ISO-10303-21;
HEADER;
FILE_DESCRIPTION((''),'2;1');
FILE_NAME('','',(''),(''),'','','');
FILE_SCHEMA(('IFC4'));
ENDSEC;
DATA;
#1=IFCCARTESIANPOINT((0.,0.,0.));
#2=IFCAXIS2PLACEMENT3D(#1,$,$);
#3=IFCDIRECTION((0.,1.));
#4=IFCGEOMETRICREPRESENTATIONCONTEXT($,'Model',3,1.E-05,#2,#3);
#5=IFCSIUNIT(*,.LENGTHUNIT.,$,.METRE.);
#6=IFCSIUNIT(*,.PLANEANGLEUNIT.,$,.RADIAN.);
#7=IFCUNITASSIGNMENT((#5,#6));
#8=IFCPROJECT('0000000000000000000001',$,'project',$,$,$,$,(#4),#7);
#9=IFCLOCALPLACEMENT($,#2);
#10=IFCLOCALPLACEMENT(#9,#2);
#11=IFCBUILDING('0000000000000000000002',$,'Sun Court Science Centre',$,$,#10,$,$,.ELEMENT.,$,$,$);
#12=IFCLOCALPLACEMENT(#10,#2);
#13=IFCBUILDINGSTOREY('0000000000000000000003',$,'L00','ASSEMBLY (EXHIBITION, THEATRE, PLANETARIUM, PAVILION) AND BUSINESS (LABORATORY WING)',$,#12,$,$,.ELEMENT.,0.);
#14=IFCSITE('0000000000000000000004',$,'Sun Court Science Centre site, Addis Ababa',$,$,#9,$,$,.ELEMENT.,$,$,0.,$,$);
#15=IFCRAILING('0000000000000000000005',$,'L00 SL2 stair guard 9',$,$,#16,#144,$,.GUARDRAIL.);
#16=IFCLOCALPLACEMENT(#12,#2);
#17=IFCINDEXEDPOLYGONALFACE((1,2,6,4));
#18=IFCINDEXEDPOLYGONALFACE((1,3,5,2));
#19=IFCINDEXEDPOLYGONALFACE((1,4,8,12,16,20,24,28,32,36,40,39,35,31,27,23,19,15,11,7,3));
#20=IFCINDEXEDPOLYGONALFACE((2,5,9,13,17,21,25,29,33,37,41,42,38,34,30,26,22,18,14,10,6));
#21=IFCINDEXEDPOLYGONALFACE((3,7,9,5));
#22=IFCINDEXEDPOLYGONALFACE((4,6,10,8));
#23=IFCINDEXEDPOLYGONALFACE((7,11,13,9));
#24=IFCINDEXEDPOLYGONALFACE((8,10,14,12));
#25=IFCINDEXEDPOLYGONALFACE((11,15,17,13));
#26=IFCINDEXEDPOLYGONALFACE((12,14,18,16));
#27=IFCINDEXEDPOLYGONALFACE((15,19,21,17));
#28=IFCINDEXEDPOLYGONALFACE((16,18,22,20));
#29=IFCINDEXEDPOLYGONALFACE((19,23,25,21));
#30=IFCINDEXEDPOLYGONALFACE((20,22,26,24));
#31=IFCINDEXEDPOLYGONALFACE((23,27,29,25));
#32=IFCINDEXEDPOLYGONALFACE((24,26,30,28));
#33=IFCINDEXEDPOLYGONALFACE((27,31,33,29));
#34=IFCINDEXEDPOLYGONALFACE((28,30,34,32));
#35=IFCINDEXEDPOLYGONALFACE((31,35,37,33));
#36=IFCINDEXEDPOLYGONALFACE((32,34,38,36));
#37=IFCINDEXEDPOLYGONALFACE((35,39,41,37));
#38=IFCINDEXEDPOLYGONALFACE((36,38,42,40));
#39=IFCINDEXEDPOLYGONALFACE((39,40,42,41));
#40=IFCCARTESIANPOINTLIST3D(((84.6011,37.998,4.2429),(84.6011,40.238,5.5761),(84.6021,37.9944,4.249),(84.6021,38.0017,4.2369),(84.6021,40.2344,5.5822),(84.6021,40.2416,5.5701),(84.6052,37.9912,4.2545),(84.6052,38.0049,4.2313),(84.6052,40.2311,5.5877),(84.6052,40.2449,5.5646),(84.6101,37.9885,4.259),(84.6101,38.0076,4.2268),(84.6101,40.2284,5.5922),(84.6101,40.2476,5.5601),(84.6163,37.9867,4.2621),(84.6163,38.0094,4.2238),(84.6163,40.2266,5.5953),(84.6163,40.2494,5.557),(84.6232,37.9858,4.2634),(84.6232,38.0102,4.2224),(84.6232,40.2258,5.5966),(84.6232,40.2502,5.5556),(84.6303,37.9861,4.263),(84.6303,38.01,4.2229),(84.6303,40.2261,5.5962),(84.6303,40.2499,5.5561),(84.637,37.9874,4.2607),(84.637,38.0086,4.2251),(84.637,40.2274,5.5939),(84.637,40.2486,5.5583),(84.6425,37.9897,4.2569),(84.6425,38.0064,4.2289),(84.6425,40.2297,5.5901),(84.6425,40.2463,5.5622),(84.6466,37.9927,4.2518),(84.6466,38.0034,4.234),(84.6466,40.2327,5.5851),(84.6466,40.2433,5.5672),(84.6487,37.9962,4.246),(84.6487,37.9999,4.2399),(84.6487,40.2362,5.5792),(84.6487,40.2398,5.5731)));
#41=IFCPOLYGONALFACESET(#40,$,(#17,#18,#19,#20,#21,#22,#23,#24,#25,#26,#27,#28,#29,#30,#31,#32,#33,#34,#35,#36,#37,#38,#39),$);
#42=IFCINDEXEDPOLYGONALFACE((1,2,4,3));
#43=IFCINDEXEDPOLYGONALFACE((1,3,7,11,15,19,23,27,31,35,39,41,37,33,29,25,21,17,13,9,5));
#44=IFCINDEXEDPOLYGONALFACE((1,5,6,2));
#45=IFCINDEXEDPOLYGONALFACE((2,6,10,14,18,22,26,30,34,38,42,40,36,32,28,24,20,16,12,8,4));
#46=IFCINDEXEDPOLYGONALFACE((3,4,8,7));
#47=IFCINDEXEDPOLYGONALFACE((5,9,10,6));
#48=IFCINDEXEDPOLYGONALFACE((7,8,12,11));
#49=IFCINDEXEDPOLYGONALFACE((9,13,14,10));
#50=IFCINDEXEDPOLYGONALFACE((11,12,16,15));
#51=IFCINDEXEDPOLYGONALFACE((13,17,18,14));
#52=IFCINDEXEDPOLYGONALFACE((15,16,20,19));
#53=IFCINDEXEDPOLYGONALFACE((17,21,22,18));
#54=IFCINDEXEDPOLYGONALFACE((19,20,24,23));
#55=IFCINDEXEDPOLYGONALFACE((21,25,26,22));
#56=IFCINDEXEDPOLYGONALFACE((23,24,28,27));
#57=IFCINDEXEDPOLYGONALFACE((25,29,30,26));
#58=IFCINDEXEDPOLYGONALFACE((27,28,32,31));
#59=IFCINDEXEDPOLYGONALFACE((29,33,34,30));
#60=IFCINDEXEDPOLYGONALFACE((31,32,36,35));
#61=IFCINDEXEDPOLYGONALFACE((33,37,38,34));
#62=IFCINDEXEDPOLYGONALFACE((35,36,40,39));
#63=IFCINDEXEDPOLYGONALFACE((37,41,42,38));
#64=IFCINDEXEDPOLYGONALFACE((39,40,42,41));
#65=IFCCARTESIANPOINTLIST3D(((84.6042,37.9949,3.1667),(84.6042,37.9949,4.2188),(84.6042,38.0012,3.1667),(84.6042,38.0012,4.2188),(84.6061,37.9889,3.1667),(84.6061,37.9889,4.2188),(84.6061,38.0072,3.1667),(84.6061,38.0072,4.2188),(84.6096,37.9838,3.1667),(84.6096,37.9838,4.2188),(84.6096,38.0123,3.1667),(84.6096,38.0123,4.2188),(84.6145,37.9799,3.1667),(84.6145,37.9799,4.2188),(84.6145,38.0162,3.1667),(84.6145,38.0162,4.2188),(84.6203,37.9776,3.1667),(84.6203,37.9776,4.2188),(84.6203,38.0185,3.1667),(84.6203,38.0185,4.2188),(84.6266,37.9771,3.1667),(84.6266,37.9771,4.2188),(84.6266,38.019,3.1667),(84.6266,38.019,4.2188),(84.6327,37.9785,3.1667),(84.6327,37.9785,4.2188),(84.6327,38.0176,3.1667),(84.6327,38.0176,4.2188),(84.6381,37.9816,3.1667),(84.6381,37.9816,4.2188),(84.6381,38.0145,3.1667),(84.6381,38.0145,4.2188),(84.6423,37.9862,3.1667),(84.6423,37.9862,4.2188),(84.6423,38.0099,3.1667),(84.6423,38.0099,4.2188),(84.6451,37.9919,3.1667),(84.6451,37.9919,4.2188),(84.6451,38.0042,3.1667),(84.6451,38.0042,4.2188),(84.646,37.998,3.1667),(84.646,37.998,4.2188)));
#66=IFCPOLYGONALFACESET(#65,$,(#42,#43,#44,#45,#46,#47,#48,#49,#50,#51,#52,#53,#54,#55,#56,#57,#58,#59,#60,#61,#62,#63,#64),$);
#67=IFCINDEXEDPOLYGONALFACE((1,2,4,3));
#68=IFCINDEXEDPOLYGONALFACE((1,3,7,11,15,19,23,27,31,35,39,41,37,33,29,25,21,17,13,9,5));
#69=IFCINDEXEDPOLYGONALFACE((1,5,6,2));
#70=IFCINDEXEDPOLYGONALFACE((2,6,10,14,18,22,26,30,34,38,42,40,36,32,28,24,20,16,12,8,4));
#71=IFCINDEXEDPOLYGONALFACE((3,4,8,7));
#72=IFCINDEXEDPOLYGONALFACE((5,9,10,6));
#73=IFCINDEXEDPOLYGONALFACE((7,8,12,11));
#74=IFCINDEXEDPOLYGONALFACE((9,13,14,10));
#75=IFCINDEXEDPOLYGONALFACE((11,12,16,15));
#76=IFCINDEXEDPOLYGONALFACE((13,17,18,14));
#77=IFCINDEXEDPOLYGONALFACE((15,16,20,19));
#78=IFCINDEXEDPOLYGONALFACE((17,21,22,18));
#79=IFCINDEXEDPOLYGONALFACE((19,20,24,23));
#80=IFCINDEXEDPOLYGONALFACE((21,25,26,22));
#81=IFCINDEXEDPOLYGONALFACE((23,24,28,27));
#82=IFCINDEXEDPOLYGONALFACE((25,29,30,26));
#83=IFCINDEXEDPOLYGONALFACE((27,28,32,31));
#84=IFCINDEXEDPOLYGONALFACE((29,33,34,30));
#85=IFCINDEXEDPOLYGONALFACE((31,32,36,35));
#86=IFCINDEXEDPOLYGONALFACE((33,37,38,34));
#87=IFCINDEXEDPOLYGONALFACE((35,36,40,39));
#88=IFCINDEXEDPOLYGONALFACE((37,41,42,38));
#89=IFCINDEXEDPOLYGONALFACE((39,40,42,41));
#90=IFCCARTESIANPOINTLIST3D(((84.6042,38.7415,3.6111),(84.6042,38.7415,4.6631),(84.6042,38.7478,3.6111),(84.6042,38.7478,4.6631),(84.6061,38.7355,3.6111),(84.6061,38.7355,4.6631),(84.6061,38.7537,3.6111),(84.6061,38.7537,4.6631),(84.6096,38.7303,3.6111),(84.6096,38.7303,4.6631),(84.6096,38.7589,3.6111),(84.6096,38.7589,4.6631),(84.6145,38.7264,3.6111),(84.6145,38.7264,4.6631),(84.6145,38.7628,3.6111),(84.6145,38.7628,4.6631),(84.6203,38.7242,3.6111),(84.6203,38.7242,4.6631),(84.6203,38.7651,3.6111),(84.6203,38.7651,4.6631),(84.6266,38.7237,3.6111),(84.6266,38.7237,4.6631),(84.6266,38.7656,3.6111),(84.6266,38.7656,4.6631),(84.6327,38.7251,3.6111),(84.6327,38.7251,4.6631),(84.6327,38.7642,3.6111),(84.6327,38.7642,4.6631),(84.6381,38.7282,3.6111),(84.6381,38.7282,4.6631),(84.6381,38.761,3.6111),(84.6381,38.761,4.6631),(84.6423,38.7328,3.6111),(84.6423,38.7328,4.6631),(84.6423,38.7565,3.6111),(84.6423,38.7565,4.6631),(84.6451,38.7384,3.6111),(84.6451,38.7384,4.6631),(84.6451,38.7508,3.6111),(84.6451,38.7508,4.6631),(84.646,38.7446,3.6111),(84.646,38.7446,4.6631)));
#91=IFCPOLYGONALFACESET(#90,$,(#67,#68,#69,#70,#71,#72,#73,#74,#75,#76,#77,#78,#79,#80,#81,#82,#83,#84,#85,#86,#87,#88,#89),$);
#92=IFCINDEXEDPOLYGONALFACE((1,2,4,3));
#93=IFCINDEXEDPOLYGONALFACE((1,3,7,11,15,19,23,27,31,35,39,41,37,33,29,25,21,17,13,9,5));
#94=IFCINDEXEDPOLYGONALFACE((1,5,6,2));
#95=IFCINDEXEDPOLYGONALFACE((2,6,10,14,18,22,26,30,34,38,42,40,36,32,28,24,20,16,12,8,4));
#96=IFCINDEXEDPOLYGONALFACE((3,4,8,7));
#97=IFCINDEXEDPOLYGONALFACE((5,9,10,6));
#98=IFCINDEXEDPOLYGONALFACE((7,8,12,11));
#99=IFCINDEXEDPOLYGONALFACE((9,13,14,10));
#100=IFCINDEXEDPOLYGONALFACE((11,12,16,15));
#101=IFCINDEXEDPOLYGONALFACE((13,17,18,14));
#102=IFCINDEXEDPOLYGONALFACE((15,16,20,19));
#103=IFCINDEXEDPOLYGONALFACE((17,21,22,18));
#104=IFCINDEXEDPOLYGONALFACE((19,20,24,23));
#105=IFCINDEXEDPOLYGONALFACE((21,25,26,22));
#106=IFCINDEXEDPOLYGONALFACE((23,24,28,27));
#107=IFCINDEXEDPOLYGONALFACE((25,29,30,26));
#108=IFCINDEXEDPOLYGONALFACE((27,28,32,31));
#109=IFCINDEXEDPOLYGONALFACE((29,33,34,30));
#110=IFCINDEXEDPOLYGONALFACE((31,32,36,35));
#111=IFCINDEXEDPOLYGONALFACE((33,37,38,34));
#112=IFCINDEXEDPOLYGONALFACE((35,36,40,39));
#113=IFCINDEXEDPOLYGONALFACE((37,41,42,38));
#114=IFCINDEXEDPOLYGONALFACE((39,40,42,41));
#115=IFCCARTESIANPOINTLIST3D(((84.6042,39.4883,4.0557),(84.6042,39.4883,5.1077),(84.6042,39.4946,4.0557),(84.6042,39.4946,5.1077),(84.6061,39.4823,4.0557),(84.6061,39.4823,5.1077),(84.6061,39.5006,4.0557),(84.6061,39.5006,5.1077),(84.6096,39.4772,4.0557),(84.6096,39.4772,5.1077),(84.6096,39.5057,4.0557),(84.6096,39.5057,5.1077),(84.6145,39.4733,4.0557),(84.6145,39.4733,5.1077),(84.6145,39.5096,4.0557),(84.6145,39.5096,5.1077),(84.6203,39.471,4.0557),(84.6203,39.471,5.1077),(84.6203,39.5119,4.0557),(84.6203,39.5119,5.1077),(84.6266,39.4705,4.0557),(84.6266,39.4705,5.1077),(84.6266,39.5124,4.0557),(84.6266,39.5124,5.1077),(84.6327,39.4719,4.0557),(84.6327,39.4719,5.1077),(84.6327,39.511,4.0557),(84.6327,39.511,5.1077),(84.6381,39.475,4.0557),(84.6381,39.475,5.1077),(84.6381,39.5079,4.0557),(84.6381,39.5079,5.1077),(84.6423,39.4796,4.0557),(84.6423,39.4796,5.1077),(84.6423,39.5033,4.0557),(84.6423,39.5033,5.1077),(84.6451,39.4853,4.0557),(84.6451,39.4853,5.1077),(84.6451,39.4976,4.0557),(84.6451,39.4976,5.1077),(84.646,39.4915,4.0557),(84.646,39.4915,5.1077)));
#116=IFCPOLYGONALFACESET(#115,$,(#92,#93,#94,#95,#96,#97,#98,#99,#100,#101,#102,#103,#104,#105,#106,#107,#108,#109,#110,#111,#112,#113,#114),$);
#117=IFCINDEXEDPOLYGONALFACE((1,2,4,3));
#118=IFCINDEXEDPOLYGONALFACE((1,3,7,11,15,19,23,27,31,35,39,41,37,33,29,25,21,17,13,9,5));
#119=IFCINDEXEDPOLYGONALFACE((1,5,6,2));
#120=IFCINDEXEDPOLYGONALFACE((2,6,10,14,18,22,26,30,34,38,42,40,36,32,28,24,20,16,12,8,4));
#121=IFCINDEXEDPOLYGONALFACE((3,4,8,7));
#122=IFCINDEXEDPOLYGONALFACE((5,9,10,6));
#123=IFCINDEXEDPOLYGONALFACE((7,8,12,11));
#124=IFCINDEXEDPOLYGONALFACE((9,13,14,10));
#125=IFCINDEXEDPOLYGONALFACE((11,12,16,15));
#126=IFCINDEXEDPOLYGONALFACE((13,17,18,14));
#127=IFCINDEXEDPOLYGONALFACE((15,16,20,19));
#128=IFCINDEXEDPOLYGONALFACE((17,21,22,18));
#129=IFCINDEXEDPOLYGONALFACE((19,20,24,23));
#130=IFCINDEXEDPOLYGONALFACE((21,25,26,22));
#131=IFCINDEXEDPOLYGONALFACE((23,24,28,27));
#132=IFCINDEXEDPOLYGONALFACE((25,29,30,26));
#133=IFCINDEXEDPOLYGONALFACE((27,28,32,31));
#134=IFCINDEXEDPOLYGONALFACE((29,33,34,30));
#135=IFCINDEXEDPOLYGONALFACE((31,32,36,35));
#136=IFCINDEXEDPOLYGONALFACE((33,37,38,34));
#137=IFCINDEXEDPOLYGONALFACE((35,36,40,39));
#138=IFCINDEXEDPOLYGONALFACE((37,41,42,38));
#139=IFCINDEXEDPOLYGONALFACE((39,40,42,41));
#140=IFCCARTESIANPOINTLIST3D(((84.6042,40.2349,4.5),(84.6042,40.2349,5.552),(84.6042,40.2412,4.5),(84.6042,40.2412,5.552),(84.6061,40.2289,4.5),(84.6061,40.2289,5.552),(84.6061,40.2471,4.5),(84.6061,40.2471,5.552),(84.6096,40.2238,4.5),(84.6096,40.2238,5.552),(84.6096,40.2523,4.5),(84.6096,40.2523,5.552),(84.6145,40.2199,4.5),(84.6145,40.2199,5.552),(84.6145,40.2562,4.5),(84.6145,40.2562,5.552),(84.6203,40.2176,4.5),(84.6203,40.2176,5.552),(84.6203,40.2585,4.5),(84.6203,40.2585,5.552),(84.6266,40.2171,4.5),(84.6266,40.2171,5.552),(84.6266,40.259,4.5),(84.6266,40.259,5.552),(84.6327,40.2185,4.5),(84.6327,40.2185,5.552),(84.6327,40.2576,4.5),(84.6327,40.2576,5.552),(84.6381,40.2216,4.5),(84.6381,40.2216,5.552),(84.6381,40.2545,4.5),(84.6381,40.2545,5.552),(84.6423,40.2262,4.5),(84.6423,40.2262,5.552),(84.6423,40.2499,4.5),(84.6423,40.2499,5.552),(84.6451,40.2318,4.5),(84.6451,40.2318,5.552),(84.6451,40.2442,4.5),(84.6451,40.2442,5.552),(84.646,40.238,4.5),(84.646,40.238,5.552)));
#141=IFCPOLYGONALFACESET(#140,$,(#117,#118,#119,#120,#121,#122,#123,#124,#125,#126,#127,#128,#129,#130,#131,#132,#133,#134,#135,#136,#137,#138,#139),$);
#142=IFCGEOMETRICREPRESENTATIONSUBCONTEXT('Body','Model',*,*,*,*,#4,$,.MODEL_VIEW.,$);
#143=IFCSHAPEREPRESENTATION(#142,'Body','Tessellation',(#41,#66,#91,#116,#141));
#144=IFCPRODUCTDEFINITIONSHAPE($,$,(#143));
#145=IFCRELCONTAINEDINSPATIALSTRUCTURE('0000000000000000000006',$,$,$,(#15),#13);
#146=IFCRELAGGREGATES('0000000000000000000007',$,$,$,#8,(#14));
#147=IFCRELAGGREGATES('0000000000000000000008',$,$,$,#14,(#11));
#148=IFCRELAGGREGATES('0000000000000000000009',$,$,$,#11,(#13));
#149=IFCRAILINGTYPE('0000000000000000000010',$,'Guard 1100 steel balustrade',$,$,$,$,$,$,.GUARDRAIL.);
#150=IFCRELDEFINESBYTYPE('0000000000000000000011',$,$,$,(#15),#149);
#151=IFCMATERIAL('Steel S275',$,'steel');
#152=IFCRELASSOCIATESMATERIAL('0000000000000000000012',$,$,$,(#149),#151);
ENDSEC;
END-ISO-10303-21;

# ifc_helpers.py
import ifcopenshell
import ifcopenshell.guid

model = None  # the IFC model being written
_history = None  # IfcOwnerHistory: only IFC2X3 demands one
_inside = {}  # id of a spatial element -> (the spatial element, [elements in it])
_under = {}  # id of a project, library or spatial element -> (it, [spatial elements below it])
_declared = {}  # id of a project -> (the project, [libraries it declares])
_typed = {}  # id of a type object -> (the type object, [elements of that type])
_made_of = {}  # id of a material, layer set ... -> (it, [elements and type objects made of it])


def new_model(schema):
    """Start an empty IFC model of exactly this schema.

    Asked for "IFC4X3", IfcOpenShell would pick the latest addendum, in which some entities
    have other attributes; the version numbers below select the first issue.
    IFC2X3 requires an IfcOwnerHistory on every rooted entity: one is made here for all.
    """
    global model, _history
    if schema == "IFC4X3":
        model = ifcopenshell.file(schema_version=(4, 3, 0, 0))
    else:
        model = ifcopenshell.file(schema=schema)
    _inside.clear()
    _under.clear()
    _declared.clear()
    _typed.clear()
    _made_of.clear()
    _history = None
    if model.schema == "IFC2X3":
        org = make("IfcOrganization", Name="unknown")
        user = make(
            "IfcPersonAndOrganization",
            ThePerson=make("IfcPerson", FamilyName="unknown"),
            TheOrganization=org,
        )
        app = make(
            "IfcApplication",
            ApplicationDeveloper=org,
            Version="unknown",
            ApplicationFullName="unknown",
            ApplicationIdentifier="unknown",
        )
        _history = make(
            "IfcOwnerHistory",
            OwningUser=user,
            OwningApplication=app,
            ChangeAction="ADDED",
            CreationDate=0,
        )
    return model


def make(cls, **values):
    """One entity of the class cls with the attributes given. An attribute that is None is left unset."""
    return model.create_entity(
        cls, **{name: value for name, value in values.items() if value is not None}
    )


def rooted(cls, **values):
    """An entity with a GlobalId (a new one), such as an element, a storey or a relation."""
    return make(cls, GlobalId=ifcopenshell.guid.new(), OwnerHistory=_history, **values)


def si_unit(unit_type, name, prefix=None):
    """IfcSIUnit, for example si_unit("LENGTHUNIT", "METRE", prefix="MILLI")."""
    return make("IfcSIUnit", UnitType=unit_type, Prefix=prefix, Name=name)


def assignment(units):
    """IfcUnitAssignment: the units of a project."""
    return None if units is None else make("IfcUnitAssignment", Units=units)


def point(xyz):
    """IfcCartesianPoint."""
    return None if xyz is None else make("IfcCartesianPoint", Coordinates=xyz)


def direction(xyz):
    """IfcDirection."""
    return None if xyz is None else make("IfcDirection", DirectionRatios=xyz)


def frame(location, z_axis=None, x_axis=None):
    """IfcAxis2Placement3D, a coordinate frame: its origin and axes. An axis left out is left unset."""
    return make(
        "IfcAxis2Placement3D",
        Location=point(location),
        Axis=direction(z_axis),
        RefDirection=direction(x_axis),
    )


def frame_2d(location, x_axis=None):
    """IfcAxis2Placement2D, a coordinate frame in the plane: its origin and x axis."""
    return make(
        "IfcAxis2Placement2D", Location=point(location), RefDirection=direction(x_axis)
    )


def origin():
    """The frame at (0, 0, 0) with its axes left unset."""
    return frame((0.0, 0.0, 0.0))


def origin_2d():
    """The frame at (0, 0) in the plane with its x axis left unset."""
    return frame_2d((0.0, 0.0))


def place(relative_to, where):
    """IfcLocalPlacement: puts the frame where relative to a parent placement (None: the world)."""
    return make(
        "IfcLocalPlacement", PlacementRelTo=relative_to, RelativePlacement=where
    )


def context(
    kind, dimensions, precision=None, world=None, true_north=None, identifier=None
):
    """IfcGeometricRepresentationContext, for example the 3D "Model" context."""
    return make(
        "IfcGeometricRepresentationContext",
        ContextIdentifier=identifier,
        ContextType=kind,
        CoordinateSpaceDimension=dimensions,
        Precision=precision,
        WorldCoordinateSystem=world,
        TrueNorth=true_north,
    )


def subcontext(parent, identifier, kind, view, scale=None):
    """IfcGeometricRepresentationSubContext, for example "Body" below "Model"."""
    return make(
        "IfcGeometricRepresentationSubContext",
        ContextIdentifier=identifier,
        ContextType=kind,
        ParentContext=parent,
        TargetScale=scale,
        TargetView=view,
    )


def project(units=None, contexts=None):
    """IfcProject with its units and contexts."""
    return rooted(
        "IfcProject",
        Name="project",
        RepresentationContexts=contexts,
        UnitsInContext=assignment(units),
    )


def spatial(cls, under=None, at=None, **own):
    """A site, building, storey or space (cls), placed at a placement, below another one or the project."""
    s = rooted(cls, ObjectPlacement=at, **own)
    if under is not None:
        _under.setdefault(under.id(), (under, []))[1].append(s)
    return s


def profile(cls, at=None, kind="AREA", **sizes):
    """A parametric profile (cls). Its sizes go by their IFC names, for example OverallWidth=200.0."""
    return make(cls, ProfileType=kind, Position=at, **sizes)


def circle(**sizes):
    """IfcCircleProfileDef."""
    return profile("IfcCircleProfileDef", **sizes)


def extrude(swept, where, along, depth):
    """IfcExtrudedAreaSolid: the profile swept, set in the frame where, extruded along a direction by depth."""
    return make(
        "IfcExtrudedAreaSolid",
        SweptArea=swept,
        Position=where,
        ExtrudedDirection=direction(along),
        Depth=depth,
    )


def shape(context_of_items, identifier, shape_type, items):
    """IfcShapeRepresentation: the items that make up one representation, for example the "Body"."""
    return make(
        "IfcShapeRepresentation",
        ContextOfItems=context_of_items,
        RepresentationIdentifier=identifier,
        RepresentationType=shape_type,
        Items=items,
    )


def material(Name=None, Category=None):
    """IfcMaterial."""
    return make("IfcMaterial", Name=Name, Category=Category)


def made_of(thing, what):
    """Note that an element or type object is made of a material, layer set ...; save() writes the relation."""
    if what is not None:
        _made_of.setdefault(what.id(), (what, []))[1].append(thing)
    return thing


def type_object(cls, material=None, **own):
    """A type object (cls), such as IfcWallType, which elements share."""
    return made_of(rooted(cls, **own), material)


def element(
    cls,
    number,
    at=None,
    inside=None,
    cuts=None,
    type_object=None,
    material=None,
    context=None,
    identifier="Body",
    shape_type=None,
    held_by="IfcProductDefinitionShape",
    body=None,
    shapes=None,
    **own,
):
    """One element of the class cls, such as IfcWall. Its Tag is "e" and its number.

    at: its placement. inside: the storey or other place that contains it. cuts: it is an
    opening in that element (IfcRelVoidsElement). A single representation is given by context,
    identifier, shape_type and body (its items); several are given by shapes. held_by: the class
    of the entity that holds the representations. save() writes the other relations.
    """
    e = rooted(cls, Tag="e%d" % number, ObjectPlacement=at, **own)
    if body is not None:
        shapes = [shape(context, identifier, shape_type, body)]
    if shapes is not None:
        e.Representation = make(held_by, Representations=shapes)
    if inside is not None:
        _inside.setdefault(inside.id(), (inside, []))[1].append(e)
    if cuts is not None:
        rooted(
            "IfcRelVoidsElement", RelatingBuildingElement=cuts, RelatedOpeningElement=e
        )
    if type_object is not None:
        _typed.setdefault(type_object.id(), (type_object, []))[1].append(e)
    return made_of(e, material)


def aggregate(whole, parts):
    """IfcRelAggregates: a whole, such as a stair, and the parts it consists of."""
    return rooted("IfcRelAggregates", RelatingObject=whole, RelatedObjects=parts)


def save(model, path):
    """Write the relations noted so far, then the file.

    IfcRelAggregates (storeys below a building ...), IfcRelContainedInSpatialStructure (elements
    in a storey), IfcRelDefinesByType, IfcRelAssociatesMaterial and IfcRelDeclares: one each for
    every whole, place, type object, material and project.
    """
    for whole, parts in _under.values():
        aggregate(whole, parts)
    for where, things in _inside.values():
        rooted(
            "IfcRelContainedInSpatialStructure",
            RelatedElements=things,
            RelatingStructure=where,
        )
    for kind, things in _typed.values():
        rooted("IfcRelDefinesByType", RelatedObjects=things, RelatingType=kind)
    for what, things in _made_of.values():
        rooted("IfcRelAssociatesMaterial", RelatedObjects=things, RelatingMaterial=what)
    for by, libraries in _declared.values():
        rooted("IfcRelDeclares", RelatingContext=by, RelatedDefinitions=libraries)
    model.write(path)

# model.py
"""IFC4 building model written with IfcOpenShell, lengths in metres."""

from ifc_helpers import new_model, si_unit, direction, frame, origin, origin_2d, place, context, subcontext, project, spatial, circle, extrude, material, type_object, element, save


model = new_model("IFC4")

# Units and contexts
model_context = context("Model", 3, precision=1e-05, world=origin(), true_north=direction((0.0, 1.0)))
body_context = subcontext(model_context, "Body", "Model", "MODEL_VIEW")
ifc_project = project(units=[si_unit("LENGTHUNIT", "METRE"), si_unit("PLANEANGLEUNIT", "RADIAN")], contexts=[model_context])

# Site, building, storey
site_placement = place(None, origin())
site = spatial("IfcSite", under=ifc_project, at=site_placement, Name="Sun Court Science Centre site, Addis Ababa", CompositionType="ELEMENT", RefElevation=0.0)
building_placement = place(site_placement, origin())
building = spatial("IfcBuilding", under=site, at=building_placement, Name="Sun Court Science Centre", CompositionType="ELEMENT")
storey_placement = place(building_placement, origin())
storey = spatial("IfcBuildingStorey", under=building, at=storey_placement, Name="L00", Description="ASSEMBLY (EXHIBITION, THEATRE, PLANETARIUM, PAVILION) AND BUSINESS (LABORATORY WING)", CompositionType="ELEMENT", Elevation=0.0)

# Railing
ifc_material_1 = material(Name="Steel S275", Category="steel")
railing_type_1 = type_object("IfcRailingType", Name="Guard 1100 steel balustrade", PredefinedType="GUARDRAIL", material=ifc_material_1)
railing_1_placement = place(storey_placement, frame((84.625, 37.998, 3.1667)))
element("IfcRailing", 1, at=railing_1_placement, inside=storey, type_object=railing_type_1, Name="L00 SL2 stair guard 9", PredefinedType="GUARDRAIL", context=body_context, shape_type="SweptSolid", body=[
    extrude(circle(Radius=0.0239, at=origin_2d()), frame((0.0, 0.0, 1.0762), z_axis=(0.0, 0.859306, 0.511462), x_axis=(-1.0, 0.0, 0.0)), (0.0, 0.0, 1.0), 2.6067),
    extrude(circle(Radius=0.021, at=origin_2d()), origin(), (0.0, 0.0, 1.0), 1.052),
    extrude(circle(Radius=0.021, at=origin_2d()), frame((0.0, 0.7466, 0.4443)), (0.0, 0.0, 1.0), 1.052),
    extrude(circle(Radius=0.021, at=origin_2d()), frame((0.0, 1.4934, 0.8889)), (0.0, 0.0, 1.0), 1.052),
    extrude(circle(Radius=0.021, at=origin_2d()), frame((0.0, 2.24, 1.3333)), (0.0, 0.0, 1.0), 1.052),
])

save(model, "model.ifc")
